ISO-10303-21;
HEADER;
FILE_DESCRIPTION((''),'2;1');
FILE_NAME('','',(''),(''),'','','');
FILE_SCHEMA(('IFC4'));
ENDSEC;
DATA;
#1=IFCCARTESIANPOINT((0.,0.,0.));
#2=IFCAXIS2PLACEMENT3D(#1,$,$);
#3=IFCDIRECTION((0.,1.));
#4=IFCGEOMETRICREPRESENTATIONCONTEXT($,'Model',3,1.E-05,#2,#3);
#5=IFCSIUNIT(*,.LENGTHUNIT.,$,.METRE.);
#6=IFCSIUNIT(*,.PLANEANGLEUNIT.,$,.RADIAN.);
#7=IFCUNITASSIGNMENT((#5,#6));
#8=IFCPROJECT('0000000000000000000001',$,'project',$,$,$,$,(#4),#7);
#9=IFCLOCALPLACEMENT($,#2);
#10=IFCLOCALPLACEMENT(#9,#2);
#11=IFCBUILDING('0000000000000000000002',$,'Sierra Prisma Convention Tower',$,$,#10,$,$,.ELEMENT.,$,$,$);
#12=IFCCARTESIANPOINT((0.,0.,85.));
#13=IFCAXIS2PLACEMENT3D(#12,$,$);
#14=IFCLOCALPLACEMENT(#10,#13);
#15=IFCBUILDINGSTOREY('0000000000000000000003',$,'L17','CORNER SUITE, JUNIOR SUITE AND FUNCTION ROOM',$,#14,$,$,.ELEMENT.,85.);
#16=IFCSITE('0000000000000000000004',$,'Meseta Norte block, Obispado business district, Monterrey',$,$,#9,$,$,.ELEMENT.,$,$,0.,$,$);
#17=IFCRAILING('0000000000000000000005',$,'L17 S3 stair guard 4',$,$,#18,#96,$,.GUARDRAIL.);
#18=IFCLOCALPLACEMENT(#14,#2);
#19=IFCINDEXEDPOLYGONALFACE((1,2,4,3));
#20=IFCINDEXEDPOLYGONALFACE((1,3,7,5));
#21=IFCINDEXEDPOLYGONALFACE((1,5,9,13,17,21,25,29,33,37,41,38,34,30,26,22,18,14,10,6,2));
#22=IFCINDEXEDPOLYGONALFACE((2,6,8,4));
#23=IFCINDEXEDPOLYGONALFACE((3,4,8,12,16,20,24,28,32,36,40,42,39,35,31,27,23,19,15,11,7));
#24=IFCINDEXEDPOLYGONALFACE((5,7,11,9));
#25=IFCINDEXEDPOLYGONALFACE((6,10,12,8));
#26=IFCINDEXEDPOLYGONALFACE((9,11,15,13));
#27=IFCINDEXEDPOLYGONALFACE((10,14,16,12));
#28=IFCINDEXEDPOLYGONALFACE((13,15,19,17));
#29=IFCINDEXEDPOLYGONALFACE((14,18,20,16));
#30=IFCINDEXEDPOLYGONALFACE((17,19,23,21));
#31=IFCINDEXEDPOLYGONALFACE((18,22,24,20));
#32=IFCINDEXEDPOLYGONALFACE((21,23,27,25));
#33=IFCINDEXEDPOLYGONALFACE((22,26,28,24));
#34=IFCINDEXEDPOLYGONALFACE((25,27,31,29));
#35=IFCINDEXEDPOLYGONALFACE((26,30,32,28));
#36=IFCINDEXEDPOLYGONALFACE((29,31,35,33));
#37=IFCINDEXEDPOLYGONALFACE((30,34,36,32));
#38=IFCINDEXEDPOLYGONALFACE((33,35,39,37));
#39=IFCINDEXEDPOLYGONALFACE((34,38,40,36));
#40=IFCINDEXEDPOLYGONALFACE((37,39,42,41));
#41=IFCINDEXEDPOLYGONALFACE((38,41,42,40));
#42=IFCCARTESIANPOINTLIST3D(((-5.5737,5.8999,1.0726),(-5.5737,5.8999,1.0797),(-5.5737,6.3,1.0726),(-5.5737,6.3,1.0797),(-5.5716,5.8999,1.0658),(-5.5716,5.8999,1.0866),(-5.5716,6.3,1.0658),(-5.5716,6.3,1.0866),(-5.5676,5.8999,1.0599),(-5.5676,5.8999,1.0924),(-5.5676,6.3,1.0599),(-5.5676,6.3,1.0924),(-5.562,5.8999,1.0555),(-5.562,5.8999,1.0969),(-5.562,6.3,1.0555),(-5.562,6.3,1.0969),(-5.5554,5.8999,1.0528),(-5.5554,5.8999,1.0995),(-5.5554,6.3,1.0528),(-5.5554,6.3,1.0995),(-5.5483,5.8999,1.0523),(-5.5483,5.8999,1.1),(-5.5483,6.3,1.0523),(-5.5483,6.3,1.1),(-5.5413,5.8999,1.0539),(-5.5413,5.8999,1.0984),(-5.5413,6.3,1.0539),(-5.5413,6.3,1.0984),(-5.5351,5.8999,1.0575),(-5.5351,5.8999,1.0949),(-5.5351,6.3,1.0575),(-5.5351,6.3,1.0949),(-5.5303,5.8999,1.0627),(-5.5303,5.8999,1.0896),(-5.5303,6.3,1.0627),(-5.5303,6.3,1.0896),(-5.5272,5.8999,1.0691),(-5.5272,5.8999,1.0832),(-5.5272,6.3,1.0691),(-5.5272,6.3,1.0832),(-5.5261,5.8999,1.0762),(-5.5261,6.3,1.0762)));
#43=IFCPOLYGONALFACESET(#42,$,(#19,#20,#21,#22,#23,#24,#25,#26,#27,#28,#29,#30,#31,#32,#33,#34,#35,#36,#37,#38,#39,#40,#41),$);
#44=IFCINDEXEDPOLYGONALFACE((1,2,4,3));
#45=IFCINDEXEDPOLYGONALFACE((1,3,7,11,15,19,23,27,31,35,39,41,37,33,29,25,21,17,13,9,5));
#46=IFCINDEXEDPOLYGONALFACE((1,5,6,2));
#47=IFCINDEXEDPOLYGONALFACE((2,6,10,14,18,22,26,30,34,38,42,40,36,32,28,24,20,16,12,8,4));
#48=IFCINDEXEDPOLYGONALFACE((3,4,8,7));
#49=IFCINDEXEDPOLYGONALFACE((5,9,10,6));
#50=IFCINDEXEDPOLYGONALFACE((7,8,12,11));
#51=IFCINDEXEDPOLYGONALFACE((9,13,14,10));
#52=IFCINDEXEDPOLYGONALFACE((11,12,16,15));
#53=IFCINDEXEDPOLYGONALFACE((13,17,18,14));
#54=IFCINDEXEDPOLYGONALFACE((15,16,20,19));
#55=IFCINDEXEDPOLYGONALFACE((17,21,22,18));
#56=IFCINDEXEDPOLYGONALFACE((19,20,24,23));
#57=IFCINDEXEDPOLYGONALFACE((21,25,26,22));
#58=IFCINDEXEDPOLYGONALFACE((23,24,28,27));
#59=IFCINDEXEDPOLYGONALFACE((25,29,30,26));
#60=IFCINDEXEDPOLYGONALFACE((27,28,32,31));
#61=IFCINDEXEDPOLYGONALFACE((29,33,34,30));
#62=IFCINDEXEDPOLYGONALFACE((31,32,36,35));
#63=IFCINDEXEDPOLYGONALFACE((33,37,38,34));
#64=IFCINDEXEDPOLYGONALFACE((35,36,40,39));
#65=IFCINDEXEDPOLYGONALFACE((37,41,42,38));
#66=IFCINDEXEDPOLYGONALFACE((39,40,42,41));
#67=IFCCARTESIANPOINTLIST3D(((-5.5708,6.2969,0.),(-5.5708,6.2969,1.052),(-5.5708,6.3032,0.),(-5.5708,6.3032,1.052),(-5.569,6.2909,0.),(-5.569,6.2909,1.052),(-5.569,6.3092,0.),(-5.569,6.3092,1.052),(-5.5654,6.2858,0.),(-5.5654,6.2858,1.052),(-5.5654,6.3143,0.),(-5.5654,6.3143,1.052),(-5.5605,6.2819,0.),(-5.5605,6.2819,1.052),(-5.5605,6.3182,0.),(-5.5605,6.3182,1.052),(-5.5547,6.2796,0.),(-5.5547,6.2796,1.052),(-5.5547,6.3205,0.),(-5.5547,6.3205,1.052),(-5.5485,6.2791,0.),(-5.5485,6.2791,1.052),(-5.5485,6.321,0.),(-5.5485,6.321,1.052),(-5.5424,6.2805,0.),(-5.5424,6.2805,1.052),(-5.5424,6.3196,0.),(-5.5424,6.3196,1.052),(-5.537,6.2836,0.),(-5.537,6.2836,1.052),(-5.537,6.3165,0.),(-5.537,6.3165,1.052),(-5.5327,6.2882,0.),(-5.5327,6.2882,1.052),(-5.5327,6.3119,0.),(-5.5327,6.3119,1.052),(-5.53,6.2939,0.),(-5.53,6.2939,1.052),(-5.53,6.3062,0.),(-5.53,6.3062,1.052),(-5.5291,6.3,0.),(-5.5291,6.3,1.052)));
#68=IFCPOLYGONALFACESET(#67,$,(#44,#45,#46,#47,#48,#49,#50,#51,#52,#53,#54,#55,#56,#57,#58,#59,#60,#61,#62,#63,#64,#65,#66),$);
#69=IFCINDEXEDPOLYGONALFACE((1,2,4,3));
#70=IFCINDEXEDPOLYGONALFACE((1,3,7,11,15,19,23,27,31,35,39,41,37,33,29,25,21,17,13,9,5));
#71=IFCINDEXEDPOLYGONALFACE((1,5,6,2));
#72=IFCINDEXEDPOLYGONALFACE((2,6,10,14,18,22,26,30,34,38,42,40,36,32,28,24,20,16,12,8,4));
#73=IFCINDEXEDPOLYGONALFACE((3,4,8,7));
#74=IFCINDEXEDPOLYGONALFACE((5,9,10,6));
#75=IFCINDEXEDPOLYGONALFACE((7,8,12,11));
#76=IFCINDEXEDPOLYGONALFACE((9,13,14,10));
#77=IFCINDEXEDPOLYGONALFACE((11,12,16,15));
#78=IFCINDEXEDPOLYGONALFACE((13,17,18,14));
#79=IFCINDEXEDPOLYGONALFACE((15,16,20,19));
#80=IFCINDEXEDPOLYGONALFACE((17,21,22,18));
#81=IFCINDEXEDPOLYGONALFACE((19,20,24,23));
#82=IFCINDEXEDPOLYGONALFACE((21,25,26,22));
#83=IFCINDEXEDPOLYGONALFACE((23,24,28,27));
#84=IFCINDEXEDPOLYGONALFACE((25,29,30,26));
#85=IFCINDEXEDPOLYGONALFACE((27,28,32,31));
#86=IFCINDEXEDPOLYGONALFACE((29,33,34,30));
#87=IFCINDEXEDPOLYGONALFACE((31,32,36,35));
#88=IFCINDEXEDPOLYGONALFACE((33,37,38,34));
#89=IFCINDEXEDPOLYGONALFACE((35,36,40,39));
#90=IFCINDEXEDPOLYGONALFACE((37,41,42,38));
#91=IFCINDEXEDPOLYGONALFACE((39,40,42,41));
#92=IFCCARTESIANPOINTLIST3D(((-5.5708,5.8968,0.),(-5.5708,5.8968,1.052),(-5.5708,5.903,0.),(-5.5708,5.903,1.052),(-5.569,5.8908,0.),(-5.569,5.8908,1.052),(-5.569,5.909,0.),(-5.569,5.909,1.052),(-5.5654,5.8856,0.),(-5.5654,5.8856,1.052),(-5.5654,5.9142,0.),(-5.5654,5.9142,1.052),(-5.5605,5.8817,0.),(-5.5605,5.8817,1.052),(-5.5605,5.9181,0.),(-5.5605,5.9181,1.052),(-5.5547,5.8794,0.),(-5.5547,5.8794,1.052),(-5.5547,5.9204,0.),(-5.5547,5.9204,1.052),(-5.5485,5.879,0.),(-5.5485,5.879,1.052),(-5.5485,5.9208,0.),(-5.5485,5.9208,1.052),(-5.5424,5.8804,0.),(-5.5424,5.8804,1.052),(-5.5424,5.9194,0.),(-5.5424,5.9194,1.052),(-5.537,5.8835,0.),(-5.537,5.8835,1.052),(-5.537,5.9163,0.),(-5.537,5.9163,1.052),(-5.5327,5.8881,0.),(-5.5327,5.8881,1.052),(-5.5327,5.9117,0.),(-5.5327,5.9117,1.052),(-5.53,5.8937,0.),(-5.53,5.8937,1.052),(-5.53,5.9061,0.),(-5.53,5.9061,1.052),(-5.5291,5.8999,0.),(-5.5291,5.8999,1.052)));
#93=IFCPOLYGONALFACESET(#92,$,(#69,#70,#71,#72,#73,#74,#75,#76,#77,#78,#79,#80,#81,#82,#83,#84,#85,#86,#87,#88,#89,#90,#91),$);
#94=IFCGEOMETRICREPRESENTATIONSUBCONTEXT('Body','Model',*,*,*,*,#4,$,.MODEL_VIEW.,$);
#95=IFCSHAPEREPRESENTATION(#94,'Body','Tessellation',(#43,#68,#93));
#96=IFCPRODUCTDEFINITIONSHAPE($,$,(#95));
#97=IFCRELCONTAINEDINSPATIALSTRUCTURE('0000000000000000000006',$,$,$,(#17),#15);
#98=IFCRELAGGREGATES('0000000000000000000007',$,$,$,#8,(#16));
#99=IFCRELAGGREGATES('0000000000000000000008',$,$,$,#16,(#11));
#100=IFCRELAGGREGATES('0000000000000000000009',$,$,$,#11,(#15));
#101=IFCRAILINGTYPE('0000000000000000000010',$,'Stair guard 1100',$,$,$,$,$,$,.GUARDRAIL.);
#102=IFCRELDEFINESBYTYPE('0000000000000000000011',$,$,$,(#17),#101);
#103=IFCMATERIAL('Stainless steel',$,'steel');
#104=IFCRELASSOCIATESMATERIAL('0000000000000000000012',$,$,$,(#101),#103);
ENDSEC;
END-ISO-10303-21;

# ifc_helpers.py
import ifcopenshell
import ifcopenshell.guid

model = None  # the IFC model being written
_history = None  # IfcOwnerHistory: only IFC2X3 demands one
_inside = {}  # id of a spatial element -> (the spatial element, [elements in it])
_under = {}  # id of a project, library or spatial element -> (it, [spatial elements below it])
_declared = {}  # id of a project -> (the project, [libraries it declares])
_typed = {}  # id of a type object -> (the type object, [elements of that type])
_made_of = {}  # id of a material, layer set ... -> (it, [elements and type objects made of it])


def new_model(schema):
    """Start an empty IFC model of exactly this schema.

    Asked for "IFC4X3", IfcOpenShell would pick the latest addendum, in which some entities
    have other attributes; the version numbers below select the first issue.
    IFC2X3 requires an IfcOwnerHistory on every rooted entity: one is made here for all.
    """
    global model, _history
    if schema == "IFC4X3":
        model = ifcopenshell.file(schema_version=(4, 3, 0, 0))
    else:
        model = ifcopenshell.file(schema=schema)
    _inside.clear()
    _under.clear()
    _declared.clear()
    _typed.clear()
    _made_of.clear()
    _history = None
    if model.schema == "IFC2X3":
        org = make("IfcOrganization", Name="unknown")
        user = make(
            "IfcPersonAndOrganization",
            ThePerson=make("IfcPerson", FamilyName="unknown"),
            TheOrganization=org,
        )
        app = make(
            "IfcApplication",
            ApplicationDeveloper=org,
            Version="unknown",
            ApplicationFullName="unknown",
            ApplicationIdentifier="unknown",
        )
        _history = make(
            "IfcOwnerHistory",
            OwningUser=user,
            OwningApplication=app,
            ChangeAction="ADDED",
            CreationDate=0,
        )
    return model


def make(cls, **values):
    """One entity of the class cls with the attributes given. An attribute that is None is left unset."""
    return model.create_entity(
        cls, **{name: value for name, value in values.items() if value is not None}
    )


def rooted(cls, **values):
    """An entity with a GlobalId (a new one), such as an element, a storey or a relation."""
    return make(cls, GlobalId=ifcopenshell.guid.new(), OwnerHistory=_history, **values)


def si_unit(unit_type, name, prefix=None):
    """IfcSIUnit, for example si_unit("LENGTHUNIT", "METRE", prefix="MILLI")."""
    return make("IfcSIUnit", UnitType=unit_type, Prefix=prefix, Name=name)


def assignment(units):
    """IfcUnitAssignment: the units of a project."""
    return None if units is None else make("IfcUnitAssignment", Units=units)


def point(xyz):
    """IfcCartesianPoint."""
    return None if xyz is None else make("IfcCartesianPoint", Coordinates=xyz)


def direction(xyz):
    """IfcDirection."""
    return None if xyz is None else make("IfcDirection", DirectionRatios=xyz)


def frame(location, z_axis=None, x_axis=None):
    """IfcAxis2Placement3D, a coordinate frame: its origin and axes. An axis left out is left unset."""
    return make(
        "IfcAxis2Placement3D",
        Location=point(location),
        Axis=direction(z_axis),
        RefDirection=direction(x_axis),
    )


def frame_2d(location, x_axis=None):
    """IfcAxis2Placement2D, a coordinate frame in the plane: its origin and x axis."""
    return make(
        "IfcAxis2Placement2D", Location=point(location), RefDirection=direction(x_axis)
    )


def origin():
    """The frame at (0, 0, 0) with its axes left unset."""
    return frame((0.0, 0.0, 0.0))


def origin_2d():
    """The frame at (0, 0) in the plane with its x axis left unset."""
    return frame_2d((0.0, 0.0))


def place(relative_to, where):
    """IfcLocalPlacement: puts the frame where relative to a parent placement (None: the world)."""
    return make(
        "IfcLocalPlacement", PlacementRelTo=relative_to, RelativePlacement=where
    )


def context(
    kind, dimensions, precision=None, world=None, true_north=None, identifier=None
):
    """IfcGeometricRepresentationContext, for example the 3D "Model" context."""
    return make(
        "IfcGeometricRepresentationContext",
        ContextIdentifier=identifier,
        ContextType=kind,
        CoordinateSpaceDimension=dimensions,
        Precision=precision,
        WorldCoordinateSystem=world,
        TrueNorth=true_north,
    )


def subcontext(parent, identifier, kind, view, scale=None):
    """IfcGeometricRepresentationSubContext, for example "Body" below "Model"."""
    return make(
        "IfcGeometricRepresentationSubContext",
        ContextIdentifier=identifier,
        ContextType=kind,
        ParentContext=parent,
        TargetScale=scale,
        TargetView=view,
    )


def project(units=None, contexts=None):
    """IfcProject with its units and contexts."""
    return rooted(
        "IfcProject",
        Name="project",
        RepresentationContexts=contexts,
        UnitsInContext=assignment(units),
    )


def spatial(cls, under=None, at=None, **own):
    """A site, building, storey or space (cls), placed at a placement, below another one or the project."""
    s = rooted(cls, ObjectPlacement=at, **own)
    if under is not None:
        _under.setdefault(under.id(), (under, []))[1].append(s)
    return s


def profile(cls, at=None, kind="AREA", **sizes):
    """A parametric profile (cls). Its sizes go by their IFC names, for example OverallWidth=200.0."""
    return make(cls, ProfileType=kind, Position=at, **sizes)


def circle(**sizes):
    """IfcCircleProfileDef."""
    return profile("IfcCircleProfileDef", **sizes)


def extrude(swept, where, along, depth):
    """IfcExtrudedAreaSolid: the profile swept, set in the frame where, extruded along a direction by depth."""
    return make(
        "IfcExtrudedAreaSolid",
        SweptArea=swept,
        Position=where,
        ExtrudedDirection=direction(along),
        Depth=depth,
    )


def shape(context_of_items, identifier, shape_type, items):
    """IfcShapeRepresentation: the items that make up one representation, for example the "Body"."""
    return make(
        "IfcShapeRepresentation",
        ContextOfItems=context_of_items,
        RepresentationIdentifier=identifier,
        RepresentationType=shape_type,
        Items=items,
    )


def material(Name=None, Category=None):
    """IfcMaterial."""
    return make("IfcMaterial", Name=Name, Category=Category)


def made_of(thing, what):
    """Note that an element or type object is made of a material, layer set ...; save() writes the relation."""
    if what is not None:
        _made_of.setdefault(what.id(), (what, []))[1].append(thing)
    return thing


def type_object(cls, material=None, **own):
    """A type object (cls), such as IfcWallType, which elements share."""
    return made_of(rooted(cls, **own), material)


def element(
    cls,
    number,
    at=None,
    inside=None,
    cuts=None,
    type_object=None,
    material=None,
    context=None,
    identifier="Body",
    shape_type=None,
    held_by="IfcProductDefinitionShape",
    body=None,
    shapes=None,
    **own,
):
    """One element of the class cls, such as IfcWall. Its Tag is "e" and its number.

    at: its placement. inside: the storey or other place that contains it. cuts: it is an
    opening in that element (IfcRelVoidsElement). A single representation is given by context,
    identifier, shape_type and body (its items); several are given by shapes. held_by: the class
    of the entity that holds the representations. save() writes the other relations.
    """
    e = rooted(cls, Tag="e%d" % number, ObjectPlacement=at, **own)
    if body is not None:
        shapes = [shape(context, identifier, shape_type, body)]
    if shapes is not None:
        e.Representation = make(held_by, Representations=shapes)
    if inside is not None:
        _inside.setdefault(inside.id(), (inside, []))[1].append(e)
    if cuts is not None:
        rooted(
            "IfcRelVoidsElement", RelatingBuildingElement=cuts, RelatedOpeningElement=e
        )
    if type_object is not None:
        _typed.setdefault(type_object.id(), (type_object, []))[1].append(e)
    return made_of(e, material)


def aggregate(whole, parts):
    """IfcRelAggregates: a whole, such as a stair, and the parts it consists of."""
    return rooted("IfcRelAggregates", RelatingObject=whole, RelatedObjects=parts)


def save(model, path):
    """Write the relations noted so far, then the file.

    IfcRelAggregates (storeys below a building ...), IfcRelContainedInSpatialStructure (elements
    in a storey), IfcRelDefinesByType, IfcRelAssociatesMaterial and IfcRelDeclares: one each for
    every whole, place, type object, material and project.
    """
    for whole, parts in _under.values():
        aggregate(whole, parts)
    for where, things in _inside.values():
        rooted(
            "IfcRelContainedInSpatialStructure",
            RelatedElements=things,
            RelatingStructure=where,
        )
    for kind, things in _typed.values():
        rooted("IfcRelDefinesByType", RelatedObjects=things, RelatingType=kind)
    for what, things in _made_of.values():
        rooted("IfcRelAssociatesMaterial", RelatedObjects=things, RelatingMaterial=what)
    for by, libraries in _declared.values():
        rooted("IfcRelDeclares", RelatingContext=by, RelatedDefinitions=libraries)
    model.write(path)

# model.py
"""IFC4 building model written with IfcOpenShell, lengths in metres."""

from ifc_helpers import new_model, si_unit, direction, frame, origin, origin_2d, place, context, subcontext, project, spatial, circle, extrude, material, type_object, element, save


model = new_model("IFC4")

# Units and contexts
model_context = context("Model", 3, precision=1e-05, world=origin(), true_north=direction((0.0, 1.0)))
body_context = subcontext(model_context, "Body", "Model", "MODEL_VIEW")
ifc_project = project(units=[si_unit("LENGTHUNIT", "METRE"), si_unit("PLANEANGLEUNIT", "RADIAN")], contexts=[model_context])

# Site, building, storey
site_placement = place(None, origin())
site = spatial("IfcSite", under=ifc_project, at=site_placement, Name="Meseta Norte block, Obispado business district, Monterrey", CompositionType="ELEMENT", RefElevation=0.0)
building_placement = place(site_placement, origin())
building = spatial("IfcBuilding", under=site, at=building_placement, Name="Sierra Prisma Convention Tower", CompositionType="ELEMENT")
storey_placement = place(building_placement, frame((0.0, 0.0, 85.0)))
storey = spatial("IfcBuildingStorey", under=building, at=storey_placement, Name="L17", Description="CORNER SUITE, JUNIOR SUITE AND FUNCTION ROOM", CompositionType="ELEMENT", Elevation=85.0)

# Railing
ifc_material_1 = material(Name="Stainless steel", Category="steel")
railing_type_1 = type_object("IfcRailingType", Name="Stair guard 1100", PredefinedType="GUARDRAIL", material=ifc_material_1)
railing_1_placement = place(storey_placement, frame((-5.55, 6.3, 0.0)))
element("IfcRailing", 1, at=railing_1_placement, inside=storey, type_object=railing_type_1, Name="L17 S3 stair guard 4", PredefinedType="GUARDRAIL", context=body_context, shape_type="SweptSolid", body=[
    extrude(circle(Radius=0.0239, at=origin_2d()), frame((0.0, 0.0, 1.0762), z_axis=(0.0, -1.0, 0.0), x_axis=(1.0, 0.0, 0.0)), (0.0, 0.0, 1.0), 0.4001),
    extrude(circle(Radius=0.021, at=origin_2d()), origin(), (0.0, 0.0, 1.0), 1.052),
    extrude(circle(Radius=0.021, at=origin_2d()), frame((0.0, -0.4001, 0.0)), (0.0, 0.0, 1.0), 1.052),
])

save(model, "model.ifc")
